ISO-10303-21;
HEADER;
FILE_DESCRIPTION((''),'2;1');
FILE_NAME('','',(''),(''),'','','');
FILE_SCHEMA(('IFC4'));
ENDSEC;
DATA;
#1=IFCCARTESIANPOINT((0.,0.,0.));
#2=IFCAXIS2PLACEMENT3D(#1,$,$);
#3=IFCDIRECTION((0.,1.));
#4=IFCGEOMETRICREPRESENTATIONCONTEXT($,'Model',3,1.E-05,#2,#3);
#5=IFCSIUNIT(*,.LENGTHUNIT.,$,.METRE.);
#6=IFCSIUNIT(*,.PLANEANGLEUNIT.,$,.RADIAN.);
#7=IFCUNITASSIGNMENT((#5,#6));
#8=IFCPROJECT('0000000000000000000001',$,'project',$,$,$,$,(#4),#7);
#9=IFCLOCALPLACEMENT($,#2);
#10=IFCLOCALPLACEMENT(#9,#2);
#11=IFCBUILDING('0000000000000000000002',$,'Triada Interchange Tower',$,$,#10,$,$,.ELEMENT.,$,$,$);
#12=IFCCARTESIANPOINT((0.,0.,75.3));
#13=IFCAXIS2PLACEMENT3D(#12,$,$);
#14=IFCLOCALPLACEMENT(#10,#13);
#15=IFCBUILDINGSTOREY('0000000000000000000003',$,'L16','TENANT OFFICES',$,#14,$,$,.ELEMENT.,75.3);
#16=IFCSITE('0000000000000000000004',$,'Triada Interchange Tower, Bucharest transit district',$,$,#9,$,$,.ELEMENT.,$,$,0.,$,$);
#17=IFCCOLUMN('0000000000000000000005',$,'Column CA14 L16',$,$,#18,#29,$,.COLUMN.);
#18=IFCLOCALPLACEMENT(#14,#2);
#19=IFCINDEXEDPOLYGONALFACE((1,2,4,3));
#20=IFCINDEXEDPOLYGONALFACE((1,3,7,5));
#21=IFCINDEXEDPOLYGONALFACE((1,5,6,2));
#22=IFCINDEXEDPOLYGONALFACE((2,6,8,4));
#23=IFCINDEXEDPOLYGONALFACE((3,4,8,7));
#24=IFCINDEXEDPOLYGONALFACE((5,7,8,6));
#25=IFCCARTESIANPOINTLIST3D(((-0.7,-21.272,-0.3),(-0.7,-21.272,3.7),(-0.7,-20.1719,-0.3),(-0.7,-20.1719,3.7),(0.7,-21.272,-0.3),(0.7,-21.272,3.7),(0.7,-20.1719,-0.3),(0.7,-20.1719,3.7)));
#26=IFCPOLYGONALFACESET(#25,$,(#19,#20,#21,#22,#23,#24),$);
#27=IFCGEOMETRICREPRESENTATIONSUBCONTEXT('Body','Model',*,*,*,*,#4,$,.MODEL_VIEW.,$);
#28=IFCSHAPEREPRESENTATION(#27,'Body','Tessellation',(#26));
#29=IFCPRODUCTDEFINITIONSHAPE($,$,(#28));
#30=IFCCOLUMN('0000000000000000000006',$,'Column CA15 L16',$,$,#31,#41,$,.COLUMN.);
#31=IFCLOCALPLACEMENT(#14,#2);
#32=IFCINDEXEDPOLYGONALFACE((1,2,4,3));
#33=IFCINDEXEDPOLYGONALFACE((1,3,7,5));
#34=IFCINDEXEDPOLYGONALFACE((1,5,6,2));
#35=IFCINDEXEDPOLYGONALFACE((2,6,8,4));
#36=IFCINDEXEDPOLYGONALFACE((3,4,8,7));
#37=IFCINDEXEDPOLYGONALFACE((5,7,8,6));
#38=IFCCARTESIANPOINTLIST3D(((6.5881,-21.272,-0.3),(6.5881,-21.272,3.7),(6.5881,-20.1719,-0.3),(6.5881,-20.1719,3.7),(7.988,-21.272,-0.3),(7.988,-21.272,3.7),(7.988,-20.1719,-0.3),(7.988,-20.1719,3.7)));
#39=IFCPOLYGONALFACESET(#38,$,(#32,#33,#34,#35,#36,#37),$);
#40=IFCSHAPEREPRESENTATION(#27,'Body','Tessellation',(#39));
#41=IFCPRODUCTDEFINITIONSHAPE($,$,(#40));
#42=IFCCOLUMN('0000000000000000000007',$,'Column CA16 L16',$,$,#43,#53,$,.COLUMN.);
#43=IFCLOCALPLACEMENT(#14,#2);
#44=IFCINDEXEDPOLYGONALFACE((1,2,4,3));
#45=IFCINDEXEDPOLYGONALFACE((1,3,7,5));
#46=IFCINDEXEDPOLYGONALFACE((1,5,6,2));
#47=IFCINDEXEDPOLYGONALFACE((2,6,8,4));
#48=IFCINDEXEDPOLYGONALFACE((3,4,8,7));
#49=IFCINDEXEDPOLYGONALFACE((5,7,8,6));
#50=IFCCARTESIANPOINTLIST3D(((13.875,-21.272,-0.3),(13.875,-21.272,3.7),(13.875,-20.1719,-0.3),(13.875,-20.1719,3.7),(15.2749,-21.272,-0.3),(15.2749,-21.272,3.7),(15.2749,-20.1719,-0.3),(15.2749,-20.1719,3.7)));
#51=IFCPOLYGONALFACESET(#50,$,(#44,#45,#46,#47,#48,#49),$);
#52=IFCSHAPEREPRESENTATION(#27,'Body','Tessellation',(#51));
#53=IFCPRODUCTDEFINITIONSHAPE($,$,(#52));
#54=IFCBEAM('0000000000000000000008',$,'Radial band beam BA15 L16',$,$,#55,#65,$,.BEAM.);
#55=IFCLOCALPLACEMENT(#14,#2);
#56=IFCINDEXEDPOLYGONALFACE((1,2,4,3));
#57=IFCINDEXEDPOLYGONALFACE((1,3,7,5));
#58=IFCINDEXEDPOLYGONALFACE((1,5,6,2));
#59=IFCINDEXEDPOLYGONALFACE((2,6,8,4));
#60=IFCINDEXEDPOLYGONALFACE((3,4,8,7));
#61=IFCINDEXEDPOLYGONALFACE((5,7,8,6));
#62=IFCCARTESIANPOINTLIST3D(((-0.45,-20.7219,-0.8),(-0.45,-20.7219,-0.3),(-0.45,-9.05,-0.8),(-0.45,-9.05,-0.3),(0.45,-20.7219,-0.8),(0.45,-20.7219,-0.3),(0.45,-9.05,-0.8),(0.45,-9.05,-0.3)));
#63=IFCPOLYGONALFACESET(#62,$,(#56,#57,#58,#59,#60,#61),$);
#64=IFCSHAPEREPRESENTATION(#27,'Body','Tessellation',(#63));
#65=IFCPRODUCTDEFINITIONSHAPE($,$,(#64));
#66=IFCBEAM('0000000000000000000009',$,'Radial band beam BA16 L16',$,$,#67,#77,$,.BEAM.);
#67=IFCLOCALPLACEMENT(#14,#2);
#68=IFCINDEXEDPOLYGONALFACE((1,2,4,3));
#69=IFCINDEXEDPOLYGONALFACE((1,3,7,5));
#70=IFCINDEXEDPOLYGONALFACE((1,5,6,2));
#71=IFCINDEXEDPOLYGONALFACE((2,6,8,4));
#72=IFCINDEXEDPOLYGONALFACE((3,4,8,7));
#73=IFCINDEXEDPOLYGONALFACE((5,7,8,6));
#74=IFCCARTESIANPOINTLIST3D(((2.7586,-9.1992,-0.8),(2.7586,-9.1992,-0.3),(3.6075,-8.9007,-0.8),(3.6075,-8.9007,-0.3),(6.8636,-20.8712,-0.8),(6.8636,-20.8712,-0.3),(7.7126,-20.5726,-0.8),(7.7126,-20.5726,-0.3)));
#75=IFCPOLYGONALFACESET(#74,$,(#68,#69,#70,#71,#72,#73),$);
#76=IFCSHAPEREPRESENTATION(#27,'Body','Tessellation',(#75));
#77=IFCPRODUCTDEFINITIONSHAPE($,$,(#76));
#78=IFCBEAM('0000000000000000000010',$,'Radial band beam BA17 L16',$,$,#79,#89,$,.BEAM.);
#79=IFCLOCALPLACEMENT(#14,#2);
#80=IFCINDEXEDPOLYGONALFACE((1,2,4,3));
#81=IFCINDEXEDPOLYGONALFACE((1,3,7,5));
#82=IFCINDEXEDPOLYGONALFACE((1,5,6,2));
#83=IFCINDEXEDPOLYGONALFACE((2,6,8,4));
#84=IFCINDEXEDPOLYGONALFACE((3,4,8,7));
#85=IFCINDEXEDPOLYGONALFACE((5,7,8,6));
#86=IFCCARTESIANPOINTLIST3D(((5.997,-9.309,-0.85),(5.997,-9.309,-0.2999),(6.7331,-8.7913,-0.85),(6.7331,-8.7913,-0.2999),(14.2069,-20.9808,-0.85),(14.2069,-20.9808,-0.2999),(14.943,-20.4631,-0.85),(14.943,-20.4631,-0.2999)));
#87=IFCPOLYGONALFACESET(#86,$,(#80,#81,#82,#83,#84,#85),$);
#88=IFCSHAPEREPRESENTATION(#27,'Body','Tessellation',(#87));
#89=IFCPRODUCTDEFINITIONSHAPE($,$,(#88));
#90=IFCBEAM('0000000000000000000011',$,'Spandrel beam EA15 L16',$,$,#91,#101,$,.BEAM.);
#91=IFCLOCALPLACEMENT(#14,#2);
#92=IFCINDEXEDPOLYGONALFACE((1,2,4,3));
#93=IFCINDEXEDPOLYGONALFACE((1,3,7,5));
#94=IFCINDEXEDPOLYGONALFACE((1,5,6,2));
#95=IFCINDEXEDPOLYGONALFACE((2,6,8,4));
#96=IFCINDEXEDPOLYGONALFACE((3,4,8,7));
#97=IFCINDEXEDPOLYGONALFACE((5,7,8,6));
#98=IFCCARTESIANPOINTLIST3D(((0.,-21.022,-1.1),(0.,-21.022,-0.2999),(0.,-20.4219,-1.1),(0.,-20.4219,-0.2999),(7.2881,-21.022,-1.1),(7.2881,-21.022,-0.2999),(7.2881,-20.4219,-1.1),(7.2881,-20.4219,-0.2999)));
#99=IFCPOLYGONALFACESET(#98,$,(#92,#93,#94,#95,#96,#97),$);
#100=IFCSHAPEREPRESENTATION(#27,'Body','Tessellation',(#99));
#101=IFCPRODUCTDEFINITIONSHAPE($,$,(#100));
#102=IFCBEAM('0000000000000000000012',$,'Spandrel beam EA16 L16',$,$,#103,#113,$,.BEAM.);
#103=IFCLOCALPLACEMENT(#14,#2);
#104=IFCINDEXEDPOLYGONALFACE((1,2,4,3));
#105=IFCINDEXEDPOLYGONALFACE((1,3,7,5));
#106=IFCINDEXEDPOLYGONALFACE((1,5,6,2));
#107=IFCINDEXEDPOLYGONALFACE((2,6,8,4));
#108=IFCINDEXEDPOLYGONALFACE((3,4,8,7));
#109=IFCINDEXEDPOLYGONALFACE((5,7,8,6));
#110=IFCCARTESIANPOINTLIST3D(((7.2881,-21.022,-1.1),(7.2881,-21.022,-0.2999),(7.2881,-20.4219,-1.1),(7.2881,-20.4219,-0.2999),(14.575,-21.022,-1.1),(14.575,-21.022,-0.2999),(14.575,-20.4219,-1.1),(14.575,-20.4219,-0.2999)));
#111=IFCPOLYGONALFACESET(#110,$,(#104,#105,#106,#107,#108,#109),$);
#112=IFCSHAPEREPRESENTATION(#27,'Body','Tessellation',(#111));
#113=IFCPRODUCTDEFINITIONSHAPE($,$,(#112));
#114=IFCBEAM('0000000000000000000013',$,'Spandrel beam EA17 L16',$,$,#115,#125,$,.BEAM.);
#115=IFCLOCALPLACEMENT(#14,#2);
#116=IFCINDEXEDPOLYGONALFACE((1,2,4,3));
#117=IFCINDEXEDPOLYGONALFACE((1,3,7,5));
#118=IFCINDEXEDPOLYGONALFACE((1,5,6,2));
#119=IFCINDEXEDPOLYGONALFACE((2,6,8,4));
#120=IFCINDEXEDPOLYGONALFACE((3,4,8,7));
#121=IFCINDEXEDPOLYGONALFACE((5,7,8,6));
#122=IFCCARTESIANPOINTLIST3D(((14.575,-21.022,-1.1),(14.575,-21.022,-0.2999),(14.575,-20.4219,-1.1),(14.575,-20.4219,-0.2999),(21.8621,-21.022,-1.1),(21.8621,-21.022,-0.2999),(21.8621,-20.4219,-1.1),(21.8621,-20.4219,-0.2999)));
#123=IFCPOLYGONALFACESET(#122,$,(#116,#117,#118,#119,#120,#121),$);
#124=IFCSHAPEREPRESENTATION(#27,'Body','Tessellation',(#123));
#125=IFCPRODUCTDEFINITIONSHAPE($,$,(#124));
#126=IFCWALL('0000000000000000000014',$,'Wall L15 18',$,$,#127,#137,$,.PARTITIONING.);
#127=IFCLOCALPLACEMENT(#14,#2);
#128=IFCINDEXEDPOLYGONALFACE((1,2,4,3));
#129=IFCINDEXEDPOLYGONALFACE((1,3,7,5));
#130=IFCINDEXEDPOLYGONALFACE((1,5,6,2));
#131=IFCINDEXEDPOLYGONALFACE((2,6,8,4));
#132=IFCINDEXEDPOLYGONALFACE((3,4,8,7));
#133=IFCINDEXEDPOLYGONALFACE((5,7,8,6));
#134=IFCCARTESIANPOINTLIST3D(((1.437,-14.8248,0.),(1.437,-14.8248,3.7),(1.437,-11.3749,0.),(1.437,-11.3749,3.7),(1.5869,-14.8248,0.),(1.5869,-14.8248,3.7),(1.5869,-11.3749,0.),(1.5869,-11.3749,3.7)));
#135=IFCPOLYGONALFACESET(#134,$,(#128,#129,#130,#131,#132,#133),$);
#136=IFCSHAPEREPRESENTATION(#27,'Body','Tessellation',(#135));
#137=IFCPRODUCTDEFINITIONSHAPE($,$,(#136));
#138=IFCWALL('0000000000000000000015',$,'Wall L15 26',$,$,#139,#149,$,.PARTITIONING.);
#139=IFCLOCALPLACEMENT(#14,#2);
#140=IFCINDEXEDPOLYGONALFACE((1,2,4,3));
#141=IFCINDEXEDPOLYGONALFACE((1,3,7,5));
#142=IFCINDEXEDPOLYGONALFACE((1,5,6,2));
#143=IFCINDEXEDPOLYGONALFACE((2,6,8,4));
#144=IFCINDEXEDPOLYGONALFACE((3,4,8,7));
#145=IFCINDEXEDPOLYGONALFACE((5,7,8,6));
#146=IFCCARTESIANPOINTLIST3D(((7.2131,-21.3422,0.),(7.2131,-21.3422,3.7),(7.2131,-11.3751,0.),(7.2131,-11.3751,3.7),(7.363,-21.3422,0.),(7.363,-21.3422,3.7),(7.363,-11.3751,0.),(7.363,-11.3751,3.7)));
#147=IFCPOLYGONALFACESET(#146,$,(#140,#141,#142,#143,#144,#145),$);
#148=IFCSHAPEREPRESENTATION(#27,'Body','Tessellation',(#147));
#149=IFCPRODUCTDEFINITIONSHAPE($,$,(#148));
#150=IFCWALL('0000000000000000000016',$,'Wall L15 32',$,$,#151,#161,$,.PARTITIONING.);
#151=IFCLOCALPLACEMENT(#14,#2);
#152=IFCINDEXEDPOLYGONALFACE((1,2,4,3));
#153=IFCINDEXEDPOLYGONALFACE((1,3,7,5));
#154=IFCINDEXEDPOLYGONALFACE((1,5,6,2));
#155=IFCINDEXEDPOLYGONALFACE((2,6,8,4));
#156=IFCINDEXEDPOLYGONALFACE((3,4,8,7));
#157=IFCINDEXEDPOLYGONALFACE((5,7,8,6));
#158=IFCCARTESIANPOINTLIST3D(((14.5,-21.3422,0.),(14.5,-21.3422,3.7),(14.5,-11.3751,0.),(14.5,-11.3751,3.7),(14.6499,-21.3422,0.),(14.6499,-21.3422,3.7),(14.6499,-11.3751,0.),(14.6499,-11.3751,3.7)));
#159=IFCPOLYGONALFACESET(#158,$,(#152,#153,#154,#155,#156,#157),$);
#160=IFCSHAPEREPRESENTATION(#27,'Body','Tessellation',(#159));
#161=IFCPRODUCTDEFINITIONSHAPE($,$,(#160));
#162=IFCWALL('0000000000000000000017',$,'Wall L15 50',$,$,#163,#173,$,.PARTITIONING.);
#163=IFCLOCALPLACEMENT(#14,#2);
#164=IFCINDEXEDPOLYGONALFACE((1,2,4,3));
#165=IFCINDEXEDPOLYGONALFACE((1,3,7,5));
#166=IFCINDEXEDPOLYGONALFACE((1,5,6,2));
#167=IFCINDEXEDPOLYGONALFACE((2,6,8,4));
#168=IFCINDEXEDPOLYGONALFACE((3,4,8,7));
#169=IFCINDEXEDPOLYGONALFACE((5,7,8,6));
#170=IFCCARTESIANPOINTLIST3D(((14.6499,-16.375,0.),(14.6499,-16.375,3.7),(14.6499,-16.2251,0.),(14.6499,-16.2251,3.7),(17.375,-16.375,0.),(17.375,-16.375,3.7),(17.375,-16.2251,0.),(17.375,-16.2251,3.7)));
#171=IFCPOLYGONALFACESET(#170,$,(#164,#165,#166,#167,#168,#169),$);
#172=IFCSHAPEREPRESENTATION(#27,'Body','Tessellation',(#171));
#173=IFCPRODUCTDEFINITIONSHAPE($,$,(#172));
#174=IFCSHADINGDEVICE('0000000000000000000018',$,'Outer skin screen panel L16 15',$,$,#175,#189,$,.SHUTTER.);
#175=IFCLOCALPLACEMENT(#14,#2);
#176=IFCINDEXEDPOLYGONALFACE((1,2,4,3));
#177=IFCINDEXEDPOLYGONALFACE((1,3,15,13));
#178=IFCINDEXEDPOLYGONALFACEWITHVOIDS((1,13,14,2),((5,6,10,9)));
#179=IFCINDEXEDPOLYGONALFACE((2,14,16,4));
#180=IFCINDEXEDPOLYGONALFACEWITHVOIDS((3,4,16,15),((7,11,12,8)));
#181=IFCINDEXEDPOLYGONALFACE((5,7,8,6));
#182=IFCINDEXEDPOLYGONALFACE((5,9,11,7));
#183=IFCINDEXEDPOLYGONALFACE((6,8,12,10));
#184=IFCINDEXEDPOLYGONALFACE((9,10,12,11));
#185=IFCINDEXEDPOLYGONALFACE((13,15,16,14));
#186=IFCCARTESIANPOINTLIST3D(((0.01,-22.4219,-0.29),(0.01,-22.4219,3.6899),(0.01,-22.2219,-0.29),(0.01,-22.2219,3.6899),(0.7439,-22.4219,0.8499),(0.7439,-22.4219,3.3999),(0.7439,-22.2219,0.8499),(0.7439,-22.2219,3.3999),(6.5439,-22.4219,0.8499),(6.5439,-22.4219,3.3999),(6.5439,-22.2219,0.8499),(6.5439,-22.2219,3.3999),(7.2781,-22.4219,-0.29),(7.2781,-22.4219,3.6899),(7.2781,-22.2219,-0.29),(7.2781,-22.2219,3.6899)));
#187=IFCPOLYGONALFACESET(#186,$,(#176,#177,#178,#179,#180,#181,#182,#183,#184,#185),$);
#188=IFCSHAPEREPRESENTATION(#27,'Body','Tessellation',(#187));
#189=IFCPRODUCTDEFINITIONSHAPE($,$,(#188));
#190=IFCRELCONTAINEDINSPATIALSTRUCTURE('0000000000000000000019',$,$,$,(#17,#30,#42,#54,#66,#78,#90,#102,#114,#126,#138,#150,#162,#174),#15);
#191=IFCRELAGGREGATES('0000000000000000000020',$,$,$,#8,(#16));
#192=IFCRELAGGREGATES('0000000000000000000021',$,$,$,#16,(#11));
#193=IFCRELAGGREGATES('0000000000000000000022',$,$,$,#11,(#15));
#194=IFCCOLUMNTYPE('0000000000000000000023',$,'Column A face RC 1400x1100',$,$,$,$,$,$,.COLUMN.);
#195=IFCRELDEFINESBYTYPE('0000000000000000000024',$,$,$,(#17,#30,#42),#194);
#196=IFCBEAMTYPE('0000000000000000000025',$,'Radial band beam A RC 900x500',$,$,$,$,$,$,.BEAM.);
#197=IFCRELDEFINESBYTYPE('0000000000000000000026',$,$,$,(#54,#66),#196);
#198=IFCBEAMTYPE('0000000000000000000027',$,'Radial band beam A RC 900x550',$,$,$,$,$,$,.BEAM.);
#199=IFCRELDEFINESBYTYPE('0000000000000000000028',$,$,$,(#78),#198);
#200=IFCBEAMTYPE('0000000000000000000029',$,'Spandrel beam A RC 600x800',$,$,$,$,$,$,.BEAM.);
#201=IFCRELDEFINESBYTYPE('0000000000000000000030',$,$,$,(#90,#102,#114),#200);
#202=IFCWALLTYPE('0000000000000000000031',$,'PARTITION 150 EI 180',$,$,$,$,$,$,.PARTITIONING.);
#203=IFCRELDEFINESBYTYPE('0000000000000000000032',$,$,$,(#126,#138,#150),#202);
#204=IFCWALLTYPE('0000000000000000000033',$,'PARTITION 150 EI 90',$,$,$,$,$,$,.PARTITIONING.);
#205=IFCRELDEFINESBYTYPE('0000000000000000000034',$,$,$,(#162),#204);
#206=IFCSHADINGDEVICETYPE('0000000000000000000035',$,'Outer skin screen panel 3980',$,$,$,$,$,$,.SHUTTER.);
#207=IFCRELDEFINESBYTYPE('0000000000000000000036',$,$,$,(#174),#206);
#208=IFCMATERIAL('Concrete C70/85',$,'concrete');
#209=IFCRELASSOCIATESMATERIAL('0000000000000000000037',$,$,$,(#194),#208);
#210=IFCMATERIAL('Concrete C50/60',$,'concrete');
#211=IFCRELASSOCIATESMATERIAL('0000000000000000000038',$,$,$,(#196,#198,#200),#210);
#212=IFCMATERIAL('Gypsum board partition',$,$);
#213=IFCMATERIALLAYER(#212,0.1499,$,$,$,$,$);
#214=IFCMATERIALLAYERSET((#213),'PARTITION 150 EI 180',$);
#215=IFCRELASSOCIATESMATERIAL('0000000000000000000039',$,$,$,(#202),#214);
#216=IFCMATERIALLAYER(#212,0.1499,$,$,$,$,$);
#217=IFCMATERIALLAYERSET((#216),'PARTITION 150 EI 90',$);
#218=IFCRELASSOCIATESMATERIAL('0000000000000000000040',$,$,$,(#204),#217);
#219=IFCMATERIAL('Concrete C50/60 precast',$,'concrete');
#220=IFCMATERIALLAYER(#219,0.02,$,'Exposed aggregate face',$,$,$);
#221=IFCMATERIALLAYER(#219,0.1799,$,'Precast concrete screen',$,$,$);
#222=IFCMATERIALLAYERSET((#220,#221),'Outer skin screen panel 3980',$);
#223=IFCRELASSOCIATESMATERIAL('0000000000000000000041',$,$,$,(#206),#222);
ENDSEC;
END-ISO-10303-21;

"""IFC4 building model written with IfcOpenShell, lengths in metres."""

from ifc_helpers import new_model, si_unit, direction, frame, frame_2d, origin, origin_2d, place, context, subcontext, project, spatial, polyline, rectangle, outline, extrude, material, layer, layer_set, material_profile, profile_set, type_object, element, save


model = new_model("IFC4")

# Units and contexts
model_context = context("Model", 3, precision=1e-05, world=origin(), true_north=direction((0.0, 1.0)))
body_context = subcontext(model_context, "Body", "Model", "MODEL_VIEW")
ifc_project = project(units=[si_unit("LENGTHUNIT", "METRE"), si_unit("PLANEANGLEUNIT", "RADIAN")], contexts=[model_context])

# Site, building, storey
site_placement = place(None, origin())
site = spatial("IfcSite", under=ifc_project, at=site_placement, Name="Triada Interchange Tower, Bucharest transit district", CompositionType="ELEMENT", RefElevation=0.0)
building_placement = place(site_placement, origin())
building = spatial("IfcBuilding", under=site, at=building_placement, Name="Triada Interchange Tower", CompositionType="ELEMENT")
storey_placement = place(building_placement, frame((0.0, 0.0, 75.3)))
storey = spatial("IfcBuildingStorey", under=building, at=storey_placement, Name="L16", Description="TENANT OFFICES", CompositionType="ELEMENT", Elevation=75.3)

# Columns
ifc_material_1 = material(Name="Concrete C70/85", Category="concrete")
ifc_material_profile_1 = material_profile(ifc_material_1, rectangle(XDim=1.3999, YDim=1.1001, at=origin_2d()), Name="RC 1400x1100")
ifc_profile_set_1 = profile_set([ifc_material_profile_1], Name="Concrete C70/85")
column_type = type_object("IfcColumnType", Name="Column A face RC 1400x1100", PredefinedType="COLUMN", material=ifc_profile_set_1)
for number, where, z_axis, x_axis, name in (
    (1, (0.0, -20.7219, -0.3), (0.0, 0.0, 1.0), (1.0, 0.0, 0.0), "Column CA14 L16"),
    (2, (7.2881, -20.7219, -0.3), (0.0, 0.0, 1.0), (1.0, 0.0, 0.0), "Column CA15 L16"),
    (3, (14.575, -20.7219, -0.3), (0.0, 0.0, 1.0), (1.0, 0.0, 0.0), "Column CA16 L16"),
):
    element("IfcColumn", number, at=place(storey_placement, frame(where, z_axis=z_axis, x_axis=x_axis)), inside=storey, type_object=column_type, Name=name, PredefinedType="COLUMN", context=body_context, shape_type="SweptSolid", body=[
        extrude(rectangle(XDim=1.3999, YDim=1.1001, at=origin_2d()), origin(), (0.0, 0.0, 1.0), 4.0),
    ])

# Beams
ifc_material_2 = material(Name="Concrete C50/60", Category="concrete")
ifc_material_profile_2 = material_profile(ifc_material_2, rectangle(XDim=0.8999, YDim=0.5, at=origin_2d()), Name="RC 900x500")
ifc_profile_set_2 = profile_set([ifc_material_profile_2], Name="Concrete C50/60")
beam_type_1 = type_object("IfcBeamType", Name="Radial band beam A RC 900x500", PredefinedType="BEAM", material=ifc_profile_set_2)
beam_1_placement = place(storey_placement, frame((0.0, -20.7219, -0.55), z_axis=(0.0, 1.0, 0.0), x_axis=(-1.0, 0.0, 0.0)))
element("IfcBeam", 4, at=beam_1_placement, inside=storey, type_object=beam_type_1, Name="Radial band beam BA15 L16", PredefinedType="BEAM", context=body_context, shape_type="SweptSolid", body=[
    extrude(rectangle(XDim=0.8999, YDim=0.5, at=origin_2d()), origin(), (0.0, 0.0, 1.0), 11.6719),
])
beam_2_placement = place(storey_placement, frame((7.2881, -20.7219, -0.55), z_axis=(-0.331777, 0.943358, 0.0), x_axis=(-0.943358, -0.331777, 0.0)))
element("IfcBeam", 5, at=beam_2_placement, inside=storey, type_object=beam_type_1, Name="Radial band beam BA16 L16", PredefinedType="BEAM", context=body_context, shape_type="SweptSolid", body=[
    extrude(rectangle(XDim=0.8999, YDim=0.5, at=origin_2d()), origin(), (0.0, 0.0, 1.0), 12.3728),
])
ifc_material_profile_3 = material_profile(ifc_material_2, rectangle(XDim=0.8999, YDim=0.55, at=origin_2d()), Name="RC 900x550")
ifc_profile_set_3 = profile_set([ifc_material_profile_3], Name="Concrete C50/60")
beam_type_2 = type_object("IfcBeamType", Name="Radial band beam A RC 900x550", PredefinedType="BEAM", material=ifc_profile_set_3)
beam_3_placement = place(storey_placement, frame((14.575, -20.7219, -0.575), z_axis=(-0.575326, 0.817924, 0.0), x_axis=(-0.817924, -0.575326, 0.0)))
element("IfcBeam", 6, at=beam_3_placement, inside=storey, type_object=beam_type_2, Name="Radial band beam BA17 L16", PredefinedType="BEAM", context=body_context, shape_type="SweptSolid", body=[
    extrude(rectangle(XDim=0.8999, YDim=0.55, at=origin_2d()), origin(), (0.0, 0.0, 1.0), 14.27),
])
ifc_material_profile_4 = material_profile(ifc_material_2, rectangle(XDim=0.6001, YDim=0.8, at=origin_2d()), Name="RC 600x800")
ifc_profile_set_4 = profile_set([ifc_material_profile_4], Name="Concrete C50/60")
beam_type_3 = type_object("IfcBeamType", Name="Spandrel beam A RC 600x800", PredefinedType="BEAM", material=ifc_profile_set_4)
beam_4_placement = place(storey_placement, frame((0.0, -20.7219, -0.7), z_axis=(1.0, 0.0, 0.0), x_axis=(0.0, 1.0, 0.0)))
element("IfcBeam", 7, at=beam_4_placement, inside=storey, type_object=beam_type_3, Name="Spandrel beam EA15 L16", PredefinedType="BEAM", context=body_context, shape_type="SweptSolid", body=[
    extrude(rectangle(XDim=0.6001, YDim=0.8, at=origin_2d()), origin(), (0.0, 0.0, 1.0), 7.2881),
])
beam_5_placement = place(storey_placement, frame((7.2881, -20.7219, -0.7), z_axis=(1.0, 0.0, 0.0), x_axis=(0.0, 1.0, 0.0)))
element("IfcBeam", 8, at=beam_5_placement, inside=storey, type_object=beam_type_3, Name="Spandrel beam EA16 L16", PredefinedType="BEAM", context=body_context, shape_type="SweptSolid", body=[
    extrude(rectangle(XDim=0.6001, YDim=0.8, at=origin_2d()), origin(), (0.0, 0.0, 1.0), 7.2869),
])
beam_6_placement = place(storey_placement, frame((14.575, -20.7219, -0.7), z_axis=(1.0, 0.0, 0.0), x_axis=(0.0, 1.0, 0.0)))
element("IfcBeam", 9, at=beam_6_placement, inside=storey, type_object=beam_type_3, Name="Spandrel beam EA17 L16", PredefinedType="BEAM", context=body_context, shape_type="SweptSolid", body=[
    extrude(rectangle(XDim=0.6001, YDim=0.8, at=origin_2d()), origin(), (0.0, 0.0, 1.0), 7.2871),
])

# Walls
ifc_material_3 = material(Name="Gypsum board partition")
ifc_layer_1 = layer(ifc_material_3, 0.1499)
ifc_layer_set_1 = layer_set([ifc_layer_1], Name="PARTITION 150 EI 180")
wall_type_1 = type_object("IfcWallType", Name="PARTITION 150 EI 180", PredefinedType="PARTITIONING", material=ifc_layer_set_1)
wall_1_placement = place(storey_placement, frame((1.512, -14.825, 0.0), z_axis=(0.0, 0.0, 1.0), x_axis=(0.0, 1.0, 0.0)))
element("IfcWall", 10, at=wall_1_placement, inside=storey, type_object=wall_type_1, Name="Wall L15 18", PredefinedType="PARTITIONING", context=body_context, shape_type="SweptSolid", body=[
    extrude(rectangle(XDim=3.45, YDim=0.1499, at=frame_2d((1.7251, 0.0))), origin(), (0.0, 0.0, 1.0), 3.7),
])
for number, where, z_axis, x_axis, name in (
    (11, (7.2881, -21.342, 0.0), (0.0, 0.0, 1.0), (0.0, 1.0, 0.0), "Wall L15 26"),
    (12, (14.575, -21.342, 0.0), (0.0, 0.0, 1.0), (0.0, 1.0, 0.0), "Wall L15 32"),
):
    element("IfcWall", number, at=place(storey_placement, frame(where, z_axis=z_axis, x_axis=x_axis)), inside=storey, type_object=wall_type_1, Name=name, PredefinedType="PARTITIONING", context=body_context, shape_type="SweptSolid", body=[
        extrude(rectangle(XDim=9.967, YDim=0.1499, at=frame_2d((4.9834, 0.0))), origin(), (0.0, 0.0, 1.0), 3.7),
    ])
ifc_layer_2 = layer(ifc_material_3, 0.1499)
ifc_layer_set_2 = layer_set([ifc_layer_2], Name="PARTITION 150 EI 90")
wall_type_2 = type_object("IfcWallType", Name="PARTITION 150 EI 90", PredefinedType="PARTITIONING", material=ifc_layer_set_2)
wall_2_placement = place(storey_placement, frame((14.6499, -16.3, 0.0), z_axis=(0.0, 0.0, 1.0), x_axis=(1.0, 0.0, 0.0)))
element("IfcWall", 13, at=wall_2_placement, inside=storey, type_object=wall_type_2, Name="Wall L15 50", PredefinedType="PARTITIONING", context=body_context, shape_type="SweptSolid", body=[
    extrude(rectangle(XDim=2.7251, YDim=0.1499, at=frame_2d((1.3625, 0.0))), origin(), (0.0, 0.0, 1.0), 3.7),
])

# Shading device
ifc_material_4 = material(Name="Concrete C50/60 precast", Category="concrete")
ifc_layer_3 = layer(ifc_material_4, 0.02, Name="Exposed aggregate face")
ifc_layer_4 = layer(ifc_material_4, 0.1799, Name="Precast concrete screen")
ifc_layer_set_3 = layer_set([ifc_layer_3, ifc_layer_4], Name="Outer skin screen panel 3980")
shading_device_type = type_object("IfcShadingDeviceType", Name="Outer skin screen panel 3980", PredefinedType="SHUTTER", material=ifc_layer_set_3)
shading_device_1_placement = place(storey_placement, frame((0.01, -22.2219, -0.29), z_axis=(0.0, 0.0, 1.0), x_axis=(1.0, 0.0, 0.0)))
element("IfcShadingDevice", 14, at=shading_device_1_placement, inside=storey, type_object=shading_device_type, Name="Outer skin screen panel L16 15", PredefinedType="SHUTTER", context=body_context, shape_type="SweptSolid", body=[
    extrude(outline(polyline([(0.0, 0.0), (7.2681, 0.0), (7.2681, 3.98), (0.0, 3.98), (0.0, 0.0)]), holes=[polyline([(0.7339, 1.1399), (0.7339, 3.6899), (6.5339, 3.6899), (6.5339, 1.1399), (0.7339, 1.1399)])]), frame((0.0, 0.0, 0.0), z_axis=(0.0, -1.0, 0.0), x_axis=(1.0, 0.0, 0.0)), (0.0, 0.0, 1.0), 0.2),
])

save(model, "model.ifc")
